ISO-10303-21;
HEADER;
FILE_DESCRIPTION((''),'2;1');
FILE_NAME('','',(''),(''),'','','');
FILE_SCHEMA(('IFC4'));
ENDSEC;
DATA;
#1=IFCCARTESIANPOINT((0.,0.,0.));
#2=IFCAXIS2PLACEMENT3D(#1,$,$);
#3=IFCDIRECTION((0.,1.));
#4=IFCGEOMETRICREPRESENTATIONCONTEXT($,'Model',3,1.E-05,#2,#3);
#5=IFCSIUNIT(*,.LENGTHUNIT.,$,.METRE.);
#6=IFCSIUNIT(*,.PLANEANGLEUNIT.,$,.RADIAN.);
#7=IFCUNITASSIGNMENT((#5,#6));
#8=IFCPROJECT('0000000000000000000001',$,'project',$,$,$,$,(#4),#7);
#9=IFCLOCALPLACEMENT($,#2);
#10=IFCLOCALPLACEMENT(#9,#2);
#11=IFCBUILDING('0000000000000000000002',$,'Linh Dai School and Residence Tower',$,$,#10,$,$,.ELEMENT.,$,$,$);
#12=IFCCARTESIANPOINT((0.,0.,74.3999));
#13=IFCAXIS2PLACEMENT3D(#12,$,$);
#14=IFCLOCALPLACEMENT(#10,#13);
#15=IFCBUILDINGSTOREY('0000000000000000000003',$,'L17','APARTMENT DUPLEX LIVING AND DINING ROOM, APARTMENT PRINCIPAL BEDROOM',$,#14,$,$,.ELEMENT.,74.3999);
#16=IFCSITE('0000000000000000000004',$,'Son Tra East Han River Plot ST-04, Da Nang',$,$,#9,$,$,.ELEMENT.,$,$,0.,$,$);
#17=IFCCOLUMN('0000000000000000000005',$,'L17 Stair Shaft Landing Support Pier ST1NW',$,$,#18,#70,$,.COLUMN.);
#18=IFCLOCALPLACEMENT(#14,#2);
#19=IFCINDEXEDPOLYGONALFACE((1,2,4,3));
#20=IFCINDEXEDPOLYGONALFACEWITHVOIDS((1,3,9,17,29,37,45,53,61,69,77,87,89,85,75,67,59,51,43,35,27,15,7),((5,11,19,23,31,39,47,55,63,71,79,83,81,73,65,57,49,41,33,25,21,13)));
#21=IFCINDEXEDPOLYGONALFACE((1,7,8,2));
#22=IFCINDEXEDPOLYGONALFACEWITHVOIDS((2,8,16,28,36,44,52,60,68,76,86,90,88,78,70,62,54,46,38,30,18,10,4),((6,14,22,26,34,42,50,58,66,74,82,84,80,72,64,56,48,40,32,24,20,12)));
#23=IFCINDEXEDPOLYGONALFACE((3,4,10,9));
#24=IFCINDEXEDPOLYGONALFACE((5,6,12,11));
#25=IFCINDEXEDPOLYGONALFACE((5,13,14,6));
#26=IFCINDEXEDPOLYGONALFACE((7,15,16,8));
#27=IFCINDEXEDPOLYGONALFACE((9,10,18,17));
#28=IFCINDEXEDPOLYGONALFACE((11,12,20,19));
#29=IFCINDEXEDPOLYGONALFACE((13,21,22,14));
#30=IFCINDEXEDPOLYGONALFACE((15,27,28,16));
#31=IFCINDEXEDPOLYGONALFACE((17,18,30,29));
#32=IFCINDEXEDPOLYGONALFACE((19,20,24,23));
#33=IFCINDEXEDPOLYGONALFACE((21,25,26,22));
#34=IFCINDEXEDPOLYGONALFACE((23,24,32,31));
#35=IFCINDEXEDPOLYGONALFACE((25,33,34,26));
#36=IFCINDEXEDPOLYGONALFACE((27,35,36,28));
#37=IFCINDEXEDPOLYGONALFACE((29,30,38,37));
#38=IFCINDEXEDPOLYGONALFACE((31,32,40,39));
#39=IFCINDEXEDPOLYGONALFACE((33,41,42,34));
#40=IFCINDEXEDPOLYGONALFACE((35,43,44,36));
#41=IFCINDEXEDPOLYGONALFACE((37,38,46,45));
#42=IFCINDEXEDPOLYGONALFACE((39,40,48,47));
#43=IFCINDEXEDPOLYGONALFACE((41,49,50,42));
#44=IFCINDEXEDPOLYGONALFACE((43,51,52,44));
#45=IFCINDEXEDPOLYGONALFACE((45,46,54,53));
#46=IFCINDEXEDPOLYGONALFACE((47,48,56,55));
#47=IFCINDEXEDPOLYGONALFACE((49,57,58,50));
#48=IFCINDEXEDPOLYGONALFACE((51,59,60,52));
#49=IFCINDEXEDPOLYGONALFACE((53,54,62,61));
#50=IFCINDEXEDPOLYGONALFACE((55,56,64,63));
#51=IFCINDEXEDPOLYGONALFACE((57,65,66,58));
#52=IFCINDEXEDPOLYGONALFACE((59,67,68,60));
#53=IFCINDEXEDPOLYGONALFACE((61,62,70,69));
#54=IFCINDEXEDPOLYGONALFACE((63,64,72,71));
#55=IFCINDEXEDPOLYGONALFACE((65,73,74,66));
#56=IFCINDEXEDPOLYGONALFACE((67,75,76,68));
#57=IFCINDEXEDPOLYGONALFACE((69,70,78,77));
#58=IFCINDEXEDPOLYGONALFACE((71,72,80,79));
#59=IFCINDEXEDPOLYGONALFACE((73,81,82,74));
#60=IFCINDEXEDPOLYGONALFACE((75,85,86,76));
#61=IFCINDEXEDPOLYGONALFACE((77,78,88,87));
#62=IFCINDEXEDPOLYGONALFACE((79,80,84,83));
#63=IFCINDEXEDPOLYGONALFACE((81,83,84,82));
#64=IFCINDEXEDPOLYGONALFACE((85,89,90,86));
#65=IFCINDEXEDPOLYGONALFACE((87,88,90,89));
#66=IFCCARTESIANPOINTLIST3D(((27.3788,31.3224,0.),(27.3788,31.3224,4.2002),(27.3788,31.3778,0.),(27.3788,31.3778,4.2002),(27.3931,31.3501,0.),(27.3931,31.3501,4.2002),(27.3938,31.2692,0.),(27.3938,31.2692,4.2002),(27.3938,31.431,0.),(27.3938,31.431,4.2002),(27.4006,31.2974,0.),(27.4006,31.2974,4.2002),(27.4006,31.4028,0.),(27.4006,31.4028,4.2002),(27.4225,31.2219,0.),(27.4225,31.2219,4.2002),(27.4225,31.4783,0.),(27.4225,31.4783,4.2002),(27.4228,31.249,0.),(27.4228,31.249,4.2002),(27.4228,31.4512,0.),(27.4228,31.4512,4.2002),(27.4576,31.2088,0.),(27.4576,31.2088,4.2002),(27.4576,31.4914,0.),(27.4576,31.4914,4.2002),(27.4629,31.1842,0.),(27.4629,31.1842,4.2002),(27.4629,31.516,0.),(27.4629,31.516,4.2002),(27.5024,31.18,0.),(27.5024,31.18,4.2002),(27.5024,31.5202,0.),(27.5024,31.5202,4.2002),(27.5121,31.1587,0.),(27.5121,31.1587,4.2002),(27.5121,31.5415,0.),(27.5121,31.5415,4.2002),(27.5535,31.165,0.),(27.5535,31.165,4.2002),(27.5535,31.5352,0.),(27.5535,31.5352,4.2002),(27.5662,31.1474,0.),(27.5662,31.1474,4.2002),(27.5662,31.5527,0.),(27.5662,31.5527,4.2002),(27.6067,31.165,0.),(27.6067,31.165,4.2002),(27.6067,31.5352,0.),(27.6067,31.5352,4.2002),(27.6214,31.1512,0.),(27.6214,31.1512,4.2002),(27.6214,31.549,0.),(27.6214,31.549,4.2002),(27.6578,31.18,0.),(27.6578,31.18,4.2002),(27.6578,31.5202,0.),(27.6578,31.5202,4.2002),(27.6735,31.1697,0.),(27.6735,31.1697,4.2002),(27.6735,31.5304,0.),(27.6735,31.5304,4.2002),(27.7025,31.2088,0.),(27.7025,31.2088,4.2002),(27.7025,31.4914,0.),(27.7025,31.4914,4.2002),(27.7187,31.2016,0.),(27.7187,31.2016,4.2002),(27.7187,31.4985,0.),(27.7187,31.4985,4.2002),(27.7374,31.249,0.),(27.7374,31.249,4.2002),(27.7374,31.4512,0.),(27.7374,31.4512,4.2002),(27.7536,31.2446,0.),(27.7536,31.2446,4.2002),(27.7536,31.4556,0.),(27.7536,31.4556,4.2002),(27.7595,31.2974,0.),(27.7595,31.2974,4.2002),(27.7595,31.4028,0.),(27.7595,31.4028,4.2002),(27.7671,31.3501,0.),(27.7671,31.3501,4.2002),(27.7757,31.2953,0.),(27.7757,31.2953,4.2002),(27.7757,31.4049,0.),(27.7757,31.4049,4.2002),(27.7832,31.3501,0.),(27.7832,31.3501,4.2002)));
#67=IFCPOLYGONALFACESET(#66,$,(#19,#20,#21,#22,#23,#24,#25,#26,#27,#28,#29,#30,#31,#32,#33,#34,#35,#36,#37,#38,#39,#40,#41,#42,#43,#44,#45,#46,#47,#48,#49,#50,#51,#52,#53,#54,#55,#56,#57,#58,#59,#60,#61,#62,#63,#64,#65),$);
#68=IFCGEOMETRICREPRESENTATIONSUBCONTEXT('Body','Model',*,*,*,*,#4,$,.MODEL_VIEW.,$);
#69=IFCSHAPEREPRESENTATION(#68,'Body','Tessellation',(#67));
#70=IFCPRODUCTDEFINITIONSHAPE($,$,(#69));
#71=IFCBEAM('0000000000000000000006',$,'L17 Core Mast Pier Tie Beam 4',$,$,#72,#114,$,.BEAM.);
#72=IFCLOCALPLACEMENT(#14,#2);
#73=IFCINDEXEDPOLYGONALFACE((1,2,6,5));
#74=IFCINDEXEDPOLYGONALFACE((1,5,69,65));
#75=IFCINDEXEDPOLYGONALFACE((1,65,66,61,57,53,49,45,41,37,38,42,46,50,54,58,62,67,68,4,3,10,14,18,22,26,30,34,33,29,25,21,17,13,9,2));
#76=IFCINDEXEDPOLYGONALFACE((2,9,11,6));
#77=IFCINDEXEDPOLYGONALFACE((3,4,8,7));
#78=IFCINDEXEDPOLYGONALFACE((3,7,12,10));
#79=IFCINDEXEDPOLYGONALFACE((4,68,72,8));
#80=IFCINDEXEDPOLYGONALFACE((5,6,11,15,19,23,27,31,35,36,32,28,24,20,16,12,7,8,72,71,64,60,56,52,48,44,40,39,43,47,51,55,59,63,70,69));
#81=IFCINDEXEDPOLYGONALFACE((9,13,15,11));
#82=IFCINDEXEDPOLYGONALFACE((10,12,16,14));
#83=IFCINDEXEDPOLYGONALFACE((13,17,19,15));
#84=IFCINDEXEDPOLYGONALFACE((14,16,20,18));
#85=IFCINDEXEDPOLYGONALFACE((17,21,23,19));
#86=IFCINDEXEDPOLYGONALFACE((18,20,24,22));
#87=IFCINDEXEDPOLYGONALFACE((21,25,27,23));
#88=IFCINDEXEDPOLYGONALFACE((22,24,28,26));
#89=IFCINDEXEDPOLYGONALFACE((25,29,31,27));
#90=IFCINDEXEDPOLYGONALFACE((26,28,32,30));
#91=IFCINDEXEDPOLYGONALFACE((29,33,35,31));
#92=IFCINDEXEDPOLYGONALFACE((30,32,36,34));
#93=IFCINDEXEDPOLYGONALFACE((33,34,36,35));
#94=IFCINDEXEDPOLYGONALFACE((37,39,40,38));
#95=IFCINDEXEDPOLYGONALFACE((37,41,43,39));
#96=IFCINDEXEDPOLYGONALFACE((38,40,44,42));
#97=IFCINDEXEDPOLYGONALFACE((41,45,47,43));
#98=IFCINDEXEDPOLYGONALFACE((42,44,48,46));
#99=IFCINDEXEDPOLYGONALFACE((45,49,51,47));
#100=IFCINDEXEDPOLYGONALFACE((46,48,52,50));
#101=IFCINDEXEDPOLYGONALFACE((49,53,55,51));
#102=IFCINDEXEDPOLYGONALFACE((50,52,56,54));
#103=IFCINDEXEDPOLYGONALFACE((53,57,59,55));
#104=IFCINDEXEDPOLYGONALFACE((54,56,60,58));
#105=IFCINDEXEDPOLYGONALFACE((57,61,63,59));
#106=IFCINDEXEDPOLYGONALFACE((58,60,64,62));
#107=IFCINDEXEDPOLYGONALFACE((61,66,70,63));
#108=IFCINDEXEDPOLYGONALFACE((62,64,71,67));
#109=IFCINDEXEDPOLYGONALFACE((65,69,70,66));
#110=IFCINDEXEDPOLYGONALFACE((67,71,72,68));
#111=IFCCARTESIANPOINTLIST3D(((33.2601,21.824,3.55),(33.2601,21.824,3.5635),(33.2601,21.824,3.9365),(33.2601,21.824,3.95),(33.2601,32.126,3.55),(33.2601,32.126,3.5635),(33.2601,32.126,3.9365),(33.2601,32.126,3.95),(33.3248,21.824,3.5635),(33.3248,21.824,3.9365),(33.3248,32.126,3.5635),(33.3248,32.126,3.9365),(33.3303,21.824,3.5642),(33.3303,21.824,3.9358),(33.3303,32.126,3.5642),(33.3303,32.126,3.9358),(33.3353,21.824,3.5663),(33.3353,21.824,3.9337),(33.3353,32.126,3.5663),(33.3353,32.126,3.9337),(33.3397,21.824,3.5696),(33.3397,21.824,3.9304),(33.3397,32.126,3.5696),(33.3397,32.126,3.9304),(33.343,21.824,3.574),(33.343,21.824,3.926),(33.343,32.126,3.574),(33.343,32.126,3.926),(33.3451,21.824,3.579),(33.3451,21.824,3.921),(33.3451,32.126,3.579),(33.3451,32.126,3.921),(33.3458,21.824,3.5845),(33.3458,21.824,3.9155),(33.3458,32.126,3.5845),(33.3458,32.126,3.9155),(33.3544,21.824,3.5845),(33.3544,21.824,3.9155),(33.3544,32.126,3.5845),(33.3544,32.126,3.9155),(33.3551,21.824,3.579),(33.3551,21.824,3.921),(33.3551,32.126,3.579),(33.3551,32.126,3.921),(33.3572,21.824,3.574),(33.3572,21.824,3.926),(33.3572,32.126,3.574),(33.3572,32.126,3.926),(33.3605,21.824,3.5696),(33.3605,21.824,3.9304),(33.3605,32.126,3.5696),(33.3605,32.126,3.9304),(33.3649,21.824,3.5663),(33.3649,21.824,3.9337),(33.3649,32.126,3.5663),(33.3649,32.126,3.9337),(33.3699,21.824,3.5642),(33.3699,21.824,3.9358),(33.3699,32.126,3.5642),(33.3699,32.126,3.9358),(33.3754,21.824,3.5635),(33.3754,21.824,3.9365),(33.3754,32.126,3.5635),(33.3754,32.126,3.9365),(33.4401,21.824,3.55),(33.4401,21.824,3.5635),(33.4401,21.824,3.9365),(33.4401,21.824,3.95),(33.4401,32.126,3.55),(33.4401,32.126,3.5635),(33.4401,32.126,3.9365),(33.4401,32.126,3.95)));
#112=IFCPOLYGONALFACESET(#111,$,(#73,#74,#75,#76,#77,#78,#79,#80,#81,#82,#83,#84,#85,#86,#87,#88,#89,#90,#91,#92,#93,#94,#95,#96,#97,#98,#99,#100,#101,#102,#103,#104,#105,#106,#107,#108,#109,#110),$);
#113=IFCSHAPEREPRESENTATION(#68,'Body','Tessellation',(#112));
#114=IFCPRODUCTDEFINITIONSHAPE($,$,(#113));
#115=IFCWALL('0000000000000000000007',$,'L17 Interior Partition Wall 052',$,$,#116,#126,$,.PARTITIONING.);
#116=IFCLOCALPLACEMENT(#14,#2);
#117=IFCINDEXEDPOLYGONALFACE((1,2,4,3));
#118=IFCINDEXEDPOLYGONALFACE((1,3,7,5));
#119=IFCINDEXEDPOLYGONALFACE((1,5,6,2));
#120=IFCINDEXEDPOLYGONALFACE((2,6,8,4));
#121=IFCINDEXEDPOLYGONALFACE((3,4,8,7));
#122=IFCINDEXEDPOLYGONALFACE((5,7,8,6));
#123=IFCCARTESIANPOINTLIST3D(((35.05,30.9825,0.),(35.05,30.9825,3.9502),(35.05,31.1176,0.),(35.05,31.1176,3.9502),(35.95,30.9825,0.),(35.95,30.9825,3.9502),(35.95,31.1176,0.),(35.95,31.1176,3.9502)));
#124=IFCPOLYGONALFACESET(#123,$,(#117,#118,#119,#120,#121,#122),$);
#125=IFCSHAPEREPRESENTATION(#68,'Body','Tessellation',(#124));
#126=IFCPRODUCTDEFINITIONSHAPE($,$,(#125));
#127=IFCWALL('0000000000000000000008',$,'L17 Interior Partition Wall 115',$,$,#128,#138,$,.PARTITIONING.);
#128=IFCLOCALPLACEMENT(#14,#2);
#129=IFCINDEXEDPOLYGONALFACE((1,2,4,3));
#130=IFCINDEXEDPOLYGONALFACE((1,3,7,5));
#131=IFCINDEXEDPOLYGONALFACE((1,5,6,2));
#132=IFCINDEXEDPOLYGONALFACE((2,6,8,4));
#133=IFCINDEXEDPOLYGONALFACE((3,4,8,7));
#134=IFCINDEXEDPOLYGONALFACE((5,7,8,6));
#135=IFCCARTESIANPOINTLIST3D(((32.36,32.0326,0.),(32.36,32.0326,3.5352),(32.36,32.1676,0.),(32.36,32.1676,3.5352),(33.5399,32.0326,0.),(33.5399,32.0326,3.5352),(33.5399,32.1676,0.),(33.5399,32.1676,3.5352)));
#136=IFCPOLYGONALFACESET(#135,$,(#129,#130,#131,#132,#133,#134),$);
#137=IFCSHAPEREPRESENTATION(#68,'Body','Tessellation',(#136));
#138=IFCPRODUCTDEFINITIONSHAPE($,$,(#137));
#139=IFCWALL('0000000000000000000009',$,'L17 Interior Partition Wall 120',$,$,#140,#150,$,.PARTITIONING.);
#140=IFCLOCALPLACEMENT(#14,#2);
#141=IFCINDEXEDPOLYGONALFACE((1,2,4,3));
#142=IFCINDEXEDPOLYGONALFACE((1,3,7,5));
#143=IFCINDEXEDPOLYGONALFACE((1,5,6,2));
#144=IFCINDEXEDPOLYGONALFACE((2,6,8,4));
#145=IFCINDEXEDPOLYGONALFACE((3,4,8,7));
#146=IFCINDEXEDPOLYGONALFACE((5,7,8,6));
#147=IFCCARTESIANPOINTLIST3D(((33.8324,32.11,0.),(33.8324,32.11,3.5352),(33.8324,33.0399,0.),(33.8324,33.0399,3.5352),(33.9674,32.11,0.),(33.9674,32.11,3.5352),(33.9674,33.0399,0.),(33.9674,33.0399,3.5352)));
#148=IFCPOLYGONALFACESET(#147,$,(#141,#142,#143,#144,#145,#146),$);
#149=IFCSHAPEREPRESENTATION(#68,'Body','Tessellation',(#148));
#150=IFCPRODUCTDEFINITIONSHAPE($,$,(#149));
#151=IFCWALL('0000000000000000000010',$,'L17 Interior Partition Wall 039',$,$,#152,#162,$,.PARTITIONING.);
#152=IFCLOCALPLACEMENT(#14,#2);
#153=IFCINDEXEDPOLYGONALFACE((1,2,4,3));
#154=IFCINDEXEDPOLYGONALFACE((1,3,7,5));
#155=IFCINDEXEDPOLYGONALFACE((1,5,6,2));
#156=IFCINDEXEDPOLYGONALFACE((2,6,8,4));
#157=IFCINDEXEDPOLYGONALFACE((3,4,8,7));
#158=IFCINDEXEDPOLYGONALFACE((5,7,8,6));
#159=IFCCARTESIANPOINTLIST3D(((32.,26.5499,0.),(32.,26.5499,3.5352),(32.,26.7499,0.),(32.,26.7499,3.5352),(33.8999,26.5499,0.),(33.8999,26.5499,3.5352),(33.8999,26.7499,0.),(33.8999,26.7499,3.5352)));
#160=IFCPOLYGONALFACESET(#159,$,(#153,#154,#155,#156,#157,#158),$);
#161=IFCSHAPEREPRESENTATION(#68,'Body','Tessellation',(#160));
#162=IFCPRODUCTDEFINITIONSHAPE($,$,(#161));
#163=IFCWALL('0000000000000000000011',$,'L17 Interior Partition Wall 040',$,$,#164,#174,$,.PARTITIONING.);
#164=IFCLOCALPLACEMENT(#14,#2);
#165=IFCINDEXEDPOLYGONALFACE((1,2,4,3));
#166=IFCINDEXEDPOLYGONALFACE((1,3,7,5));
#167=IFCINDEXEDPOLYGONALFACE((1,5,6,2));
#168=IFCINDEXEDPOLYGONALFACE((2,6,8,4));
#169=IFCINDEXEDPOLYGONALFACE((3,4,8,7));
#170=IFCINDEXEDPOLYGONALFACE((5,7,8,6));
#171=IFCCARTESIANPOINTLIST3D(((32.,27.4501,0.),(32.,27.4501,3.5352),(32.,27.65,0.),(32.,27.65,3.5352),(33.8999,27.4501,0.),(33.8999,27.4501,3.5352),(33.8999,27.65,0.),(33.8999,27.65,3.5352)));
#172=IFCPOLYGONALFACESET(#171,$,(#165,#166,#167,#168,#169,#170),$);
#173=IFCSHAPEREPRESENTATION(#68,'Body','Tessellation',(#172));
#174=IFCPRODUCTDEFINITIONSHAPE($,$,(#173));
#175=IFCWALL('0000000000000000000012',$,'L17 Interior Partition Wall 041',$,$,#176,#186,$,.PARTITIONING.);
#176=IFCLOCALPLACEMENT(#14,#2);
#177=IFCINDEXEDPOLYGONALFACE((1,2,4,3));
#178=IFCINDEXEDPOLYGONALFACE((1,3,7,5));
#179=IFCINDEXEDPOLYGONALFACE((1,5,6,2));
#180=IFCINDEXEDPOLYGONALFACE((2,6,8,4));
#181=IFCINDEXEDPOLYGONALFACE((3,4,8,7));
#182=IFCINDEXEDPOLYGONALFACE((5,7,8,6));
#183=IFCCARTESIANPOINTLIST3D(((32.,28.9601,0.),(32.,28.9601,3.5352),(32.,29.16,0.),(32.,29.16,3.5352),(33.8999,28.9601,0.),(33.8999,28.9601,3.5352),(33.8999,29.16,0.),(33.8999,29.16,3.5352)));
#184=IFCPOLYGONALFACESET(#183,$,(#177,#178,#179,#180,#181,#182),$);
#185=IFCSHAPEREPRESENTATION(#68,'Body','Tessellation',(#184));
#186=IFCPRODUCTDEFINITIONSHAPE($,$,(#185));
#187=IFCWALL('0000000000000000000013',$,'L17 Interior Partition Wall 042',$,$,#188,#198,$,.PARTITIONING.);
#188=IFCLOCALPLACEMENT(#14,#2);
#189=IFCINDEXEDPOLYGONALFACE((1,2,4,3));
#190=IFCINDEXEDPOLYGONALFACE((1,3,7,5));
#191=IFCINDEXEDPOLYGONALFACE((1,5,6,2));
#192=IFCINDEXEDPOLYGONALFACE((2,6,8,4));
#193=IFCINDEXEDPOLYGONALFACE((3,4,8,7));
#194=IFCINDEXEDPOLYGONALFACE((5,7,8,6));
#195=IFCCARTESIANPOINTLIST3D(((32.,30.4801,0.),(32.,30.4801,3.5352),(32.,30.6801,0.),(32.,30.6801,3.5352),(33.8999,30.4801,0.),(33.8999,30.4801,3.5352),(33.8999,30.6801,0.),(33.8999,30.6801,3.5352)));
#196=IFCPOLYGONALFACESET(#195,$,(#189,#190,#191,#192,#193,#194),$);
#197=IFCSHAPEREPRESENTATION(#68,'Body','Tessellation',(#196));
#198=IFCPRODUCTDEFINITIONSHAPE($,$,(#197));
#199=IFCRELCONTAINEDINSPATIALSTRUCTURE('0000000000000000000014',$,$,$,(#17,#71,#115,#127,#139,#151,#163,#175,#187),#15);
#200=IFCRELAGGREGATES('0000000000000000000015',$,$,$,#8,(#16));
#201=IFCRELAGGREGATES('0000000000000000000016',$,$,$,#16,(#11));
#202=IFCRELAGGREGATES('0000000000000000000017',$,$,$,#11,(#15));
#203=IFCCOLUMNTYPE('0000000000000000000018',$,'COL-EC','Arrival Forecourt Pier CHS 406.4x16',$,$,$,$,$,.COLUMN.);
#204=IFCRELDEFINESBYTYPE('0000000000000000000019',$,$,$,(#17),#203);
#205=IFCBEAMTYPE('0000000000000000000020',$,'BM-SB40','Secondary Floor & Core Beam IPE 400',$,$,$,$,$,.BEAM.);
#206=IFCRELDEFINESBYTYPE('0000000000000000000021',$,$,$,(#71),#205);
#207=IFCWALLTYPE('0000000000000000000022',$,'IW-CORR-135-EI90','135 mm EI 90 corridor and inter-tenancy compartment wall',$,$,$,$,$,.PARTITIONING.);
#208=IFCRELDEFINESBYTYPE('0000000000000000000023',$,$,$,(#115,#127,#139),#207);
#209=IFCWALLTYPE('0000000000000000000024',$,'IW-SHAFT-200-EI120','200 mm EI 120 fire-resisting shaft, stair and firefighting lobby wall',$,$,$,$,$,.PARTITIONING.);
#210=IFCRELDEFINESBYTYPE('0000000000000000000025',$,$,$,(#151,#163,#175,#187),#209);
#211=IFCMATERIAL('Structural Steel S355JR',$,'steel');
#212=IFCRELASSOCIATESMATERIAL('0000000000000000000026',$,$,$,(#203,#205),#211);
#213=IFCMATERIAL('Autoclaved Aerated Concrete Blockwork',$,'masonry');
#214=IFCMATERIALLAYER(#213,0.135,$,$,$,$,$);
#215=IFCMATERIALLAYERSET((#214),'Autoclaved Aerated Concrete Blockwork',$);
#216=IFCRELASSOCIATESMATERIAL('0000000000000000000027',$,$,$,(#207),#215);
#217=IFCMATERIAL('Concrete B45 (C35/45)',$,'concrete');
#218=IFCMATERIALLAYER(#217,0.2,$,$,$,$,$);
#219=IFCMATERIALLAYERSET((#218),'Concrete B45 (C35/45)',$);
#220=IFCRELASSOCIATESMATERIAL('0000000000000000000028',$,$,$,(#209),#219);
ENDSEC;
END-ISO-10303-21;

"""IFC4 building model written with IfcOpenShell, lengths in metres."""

from ifc_helpers import new_model, si_unit, direction, frame, frame_2d, origin, origin_2d, place, context, subcontext, project, spatial, rectangle, hollow_circle, i_section, extrude, material, layer, layer_set, material_profile, profile_set, type_object, element, save


model = new_model("IFC4")

# Units and contexts
model_context = context("Model", 3, precision=1e-05, world=origin(), true_north=direction((0.0, 1.0)))
body_context = subcontext(model_context, "Body", "Model", "MODEL_VIEW")
ifc_project = project(units=[si_unit("LENGTHUNIT", "METRE"), si_unit("PLANEANGLEUNIT", "RADIAN")], contexts=[model_context])

# Site, building, storey
site_placement = place(None, origin())
site = spatial("IfcSite", under=ifc_project, at=site_placement, Name="Son Tra East Han River Plot ST-04, Da Nang", CompositionType="ELEMENT", RefElevation=0.0)
building_placement = place(site_placement, origin())
building = spatial("IfcBuilding", under=site, at=building_placement, Name="Linh Dai School and Residence Tower", CompositionType="ELEMENT")
storey_placement = place(building_placement, frame((0.0, 0.0, 74.3999)))
storey = spatial("IfcBuildingStorey", under=building, at=storey_placement, Name="L17", Description="APARTMENT DUPLEX LIVING AND DINING ROOM, APARTMENT PRINCIPAL BEDROOM", CompositionType="ELEMENT", Elevation=74.3999)

# Column
ifc_material_1 = material(Name="Structural Steel S355JR", Category="steel")
ifc_material_profile_1 = material_profile(ifc_material_1, hollow_circle(Radius=0.2031, WallThickness=0.0161, at=origin_2d()), Name="CHS 406.4x16")
ifc_profile_set_1 = profile_set([ifc_material_profile_1], Name="Structural Steel S355JR")
column_type = type_object("IfcColumnType", Name="COL-EC", Description="Arrival Forecourt Pier CHS 406.4x16", PredefinedType="COLUMN", material=ifc_profile_set_1)
column_placement = place(storey_placement, frame((27.5801, 31.3501, 0.0), z_axis=(0.0, 0.0, 1.0), x_axis=(1.0, 0.0, 0.0)))
element("IfcColumn", 1, at=column_placement, inside=storey, type_object=column_type, Name="L17 Stair Shaft Landing Support Pier ST1NW", PredefinedType="COLUMN", context=body_context, shape_type="SweptSolid", body=[
    extrude(hollow_circle(Radius=0.2031, WallThickness=0.0161, at=origin_2d()), origin(), (0.0, 0.0, 1.0), 4.2002),
])

# Beam
ifc_material_profile_2 = material_profile(ifc_material_1, i_section(OverallWidth=0.1799, OverallDepth=0.3999, WebThickness=0.0085, FlangeThickness=0.0134, FilletRadius=0.021, at=origin_2d()), Name="IPE 400")
ifc_profile_set_2 = profile_set([ifc_material_profile_2], Name="Structural Steel S355JR")
beam_type = type_object("IfcBeamType", Name="BM-SB40", Description="Secondary Floor & Core Beam IPE 400", PredefinedType="BEAM", material=ifc_profile_set_2)
beam_placement = place(storey_placement, frame((33.3501, 32.126, 3.75), z_axis=(0.0, -1.0, 0.0), x_axis=(1.0, 0.0, 0.0)))
element("IfcBeam", 2, at=beam_placement, inside=storey, type_object=beam_type, Name="L17 Core Mast Pier Tie Beam 4", PredefinedType="BEAM", context=body_context, shape_type="SweptSolid", body=[
    extrude(i_section(OverallWidth=0.1799, OverallDepth=0.3999, WebThickness=0.0085, FlangeThickness=0.0134, FilletRadius=0.021, at=origin_2d()), origin(), (0.0, 0.0, 1.0), 10.302),
])

# Shared definitions
ifc_material_2 = material(Name="Autoclaved Aerated Concrete Blockwork", Category="masonry")
ifc_layer_1 = layer(ifc_material_2, 0.135)
ifc_layer_set_1 = layer_set([ifc_layer_1], Name="Autoclaved Aerated Concrete Blockwork")
wall_type_1 = type_object("IfcWallType", Name="IW-CORR-135-EI90", Description="135 mm EI 90 corridor and inter-tenancy compartment wall", PredefinedType="PARTITIONING", material=ifc_layer_set_1)

# Walls
wall_1_placement = place(storey_placement, frame((35.05, 31.05, 0.0), z_axis=(0.0, 0.0, 1.0), x_axis=(1.0, 0.0, 0.0)))
element("IfcWall", 3, at=wall_1_placement, inside=storey, type_object=wall_type_1, Name="L17 Interior Partition Wall 052", PredefinedType="PARTITIONING", context=body_context, shape_type="SweptSolid", body=[
    extrude(rectangle(XDim=0.8999, YDim=0.135, at=frame_2d((0.45, 0.0))), origin(), (0.0, 0.0, 1.0), 3.9502),
])
wall_2_placement = place(storey_placement, frame((32.3601, 32.1001, 0.0), z_axis=(0.0, 0.0, 1.0), x_axis=(1.0, 0.0, 0.0)))
element("IfcWall", 4, at=wall_2_placement, inside=storey, type_object=wall_type_1, Name="L17 Interior Partition Wall 115", PredefinedType="PARTITIONING", context=body_context, shape_type="SweptSolid", body=[
    extrude(rectangle(XDim=1.1799, YDim=0.135, at=frame_2d((0.5898, 0.0))), origin(), (0.0, 0.0, 1.0), 3.5352),
])
wall_3_placement = place(storey_placement, frame((33.8999, 32.1101, 0.0), z_axis=(0.0, 0.0, 1.0), x_axis=(0.0, 1.0, 0.0)))
element("IfcWall", 5, at=wall_3_placement, inside=storey, type_object=wall_type_1, Name="L17 Interior Partition Wall 120", PredefinedType="PARTITIONING", context=body_context, shape_type="SweptSolid", body=[
    extrude(rectangle(XDim=0.9299, YDim=0.135, at=frame_2d((0.4648, 0.0))), origin(), (0.0, 0.0, 1.0), 3.5352),
])
ifc_material_3 = material(Name="Concrete B45 (C35/45)", Category="concrete")
ifc_layer_2 = layer(ifc_material_3, 0.2)
ifc_layer_set_2 = layer_set([ifc_layer_2], Name="Concrete B45 (C35/45)")
wall_type_2 = type_object("IfcWallType", Name="IW-SHAFT-200-EI120", Description="200 mm EI 120 fire-resisting shaft, stair and firefighting lobby wall", PredefinedType="PARTITIONING", material=ifc_layer_set_2)
for number, where, z_axis, x_axis, name in (
    (6, (32.0, 26.6499, 0.0), (0.0, 0.0, 1.0), (1.0, 0.0, 0.0), "L17 Interior Partition Wall 039"),
    (7, (32.0, 27.55, 0.0), (0.0, 0.0, 1.0), (1.0, 0.0, 0.0), "L17 Interior Partition Wall 040"),
    (8, (32.0, 29.0601, 0.0), (0.0, 0.0, 1.0), (1.0, 0.0, 0.0), "L17 Interior Partition Wall 041"),
    (9, (32.0, 30.5801, 0.0), (0.0, 0.0, 1.0), (1.0, 0.0, 0.0), "L17 Interior Partition Wall 042"),
):
    element("IfcWall", number, at=place(storey_placement, frame(where, z_axis=z_axis, x_axis=x_axis)), inside=storey, type_object=wall_type_2, Name=name, PredefinedType="PARTITIONING", context=body_context, shape_type="SweptSolid", body=[
        extrude(rectangle(XDim=1.8999, YDim=0.2, at=frame_2d((0.95, 0.0))), origin(), (0.0, 0.0, 1.0), 3.5352),
    ])

save(model, "model.ifc")
